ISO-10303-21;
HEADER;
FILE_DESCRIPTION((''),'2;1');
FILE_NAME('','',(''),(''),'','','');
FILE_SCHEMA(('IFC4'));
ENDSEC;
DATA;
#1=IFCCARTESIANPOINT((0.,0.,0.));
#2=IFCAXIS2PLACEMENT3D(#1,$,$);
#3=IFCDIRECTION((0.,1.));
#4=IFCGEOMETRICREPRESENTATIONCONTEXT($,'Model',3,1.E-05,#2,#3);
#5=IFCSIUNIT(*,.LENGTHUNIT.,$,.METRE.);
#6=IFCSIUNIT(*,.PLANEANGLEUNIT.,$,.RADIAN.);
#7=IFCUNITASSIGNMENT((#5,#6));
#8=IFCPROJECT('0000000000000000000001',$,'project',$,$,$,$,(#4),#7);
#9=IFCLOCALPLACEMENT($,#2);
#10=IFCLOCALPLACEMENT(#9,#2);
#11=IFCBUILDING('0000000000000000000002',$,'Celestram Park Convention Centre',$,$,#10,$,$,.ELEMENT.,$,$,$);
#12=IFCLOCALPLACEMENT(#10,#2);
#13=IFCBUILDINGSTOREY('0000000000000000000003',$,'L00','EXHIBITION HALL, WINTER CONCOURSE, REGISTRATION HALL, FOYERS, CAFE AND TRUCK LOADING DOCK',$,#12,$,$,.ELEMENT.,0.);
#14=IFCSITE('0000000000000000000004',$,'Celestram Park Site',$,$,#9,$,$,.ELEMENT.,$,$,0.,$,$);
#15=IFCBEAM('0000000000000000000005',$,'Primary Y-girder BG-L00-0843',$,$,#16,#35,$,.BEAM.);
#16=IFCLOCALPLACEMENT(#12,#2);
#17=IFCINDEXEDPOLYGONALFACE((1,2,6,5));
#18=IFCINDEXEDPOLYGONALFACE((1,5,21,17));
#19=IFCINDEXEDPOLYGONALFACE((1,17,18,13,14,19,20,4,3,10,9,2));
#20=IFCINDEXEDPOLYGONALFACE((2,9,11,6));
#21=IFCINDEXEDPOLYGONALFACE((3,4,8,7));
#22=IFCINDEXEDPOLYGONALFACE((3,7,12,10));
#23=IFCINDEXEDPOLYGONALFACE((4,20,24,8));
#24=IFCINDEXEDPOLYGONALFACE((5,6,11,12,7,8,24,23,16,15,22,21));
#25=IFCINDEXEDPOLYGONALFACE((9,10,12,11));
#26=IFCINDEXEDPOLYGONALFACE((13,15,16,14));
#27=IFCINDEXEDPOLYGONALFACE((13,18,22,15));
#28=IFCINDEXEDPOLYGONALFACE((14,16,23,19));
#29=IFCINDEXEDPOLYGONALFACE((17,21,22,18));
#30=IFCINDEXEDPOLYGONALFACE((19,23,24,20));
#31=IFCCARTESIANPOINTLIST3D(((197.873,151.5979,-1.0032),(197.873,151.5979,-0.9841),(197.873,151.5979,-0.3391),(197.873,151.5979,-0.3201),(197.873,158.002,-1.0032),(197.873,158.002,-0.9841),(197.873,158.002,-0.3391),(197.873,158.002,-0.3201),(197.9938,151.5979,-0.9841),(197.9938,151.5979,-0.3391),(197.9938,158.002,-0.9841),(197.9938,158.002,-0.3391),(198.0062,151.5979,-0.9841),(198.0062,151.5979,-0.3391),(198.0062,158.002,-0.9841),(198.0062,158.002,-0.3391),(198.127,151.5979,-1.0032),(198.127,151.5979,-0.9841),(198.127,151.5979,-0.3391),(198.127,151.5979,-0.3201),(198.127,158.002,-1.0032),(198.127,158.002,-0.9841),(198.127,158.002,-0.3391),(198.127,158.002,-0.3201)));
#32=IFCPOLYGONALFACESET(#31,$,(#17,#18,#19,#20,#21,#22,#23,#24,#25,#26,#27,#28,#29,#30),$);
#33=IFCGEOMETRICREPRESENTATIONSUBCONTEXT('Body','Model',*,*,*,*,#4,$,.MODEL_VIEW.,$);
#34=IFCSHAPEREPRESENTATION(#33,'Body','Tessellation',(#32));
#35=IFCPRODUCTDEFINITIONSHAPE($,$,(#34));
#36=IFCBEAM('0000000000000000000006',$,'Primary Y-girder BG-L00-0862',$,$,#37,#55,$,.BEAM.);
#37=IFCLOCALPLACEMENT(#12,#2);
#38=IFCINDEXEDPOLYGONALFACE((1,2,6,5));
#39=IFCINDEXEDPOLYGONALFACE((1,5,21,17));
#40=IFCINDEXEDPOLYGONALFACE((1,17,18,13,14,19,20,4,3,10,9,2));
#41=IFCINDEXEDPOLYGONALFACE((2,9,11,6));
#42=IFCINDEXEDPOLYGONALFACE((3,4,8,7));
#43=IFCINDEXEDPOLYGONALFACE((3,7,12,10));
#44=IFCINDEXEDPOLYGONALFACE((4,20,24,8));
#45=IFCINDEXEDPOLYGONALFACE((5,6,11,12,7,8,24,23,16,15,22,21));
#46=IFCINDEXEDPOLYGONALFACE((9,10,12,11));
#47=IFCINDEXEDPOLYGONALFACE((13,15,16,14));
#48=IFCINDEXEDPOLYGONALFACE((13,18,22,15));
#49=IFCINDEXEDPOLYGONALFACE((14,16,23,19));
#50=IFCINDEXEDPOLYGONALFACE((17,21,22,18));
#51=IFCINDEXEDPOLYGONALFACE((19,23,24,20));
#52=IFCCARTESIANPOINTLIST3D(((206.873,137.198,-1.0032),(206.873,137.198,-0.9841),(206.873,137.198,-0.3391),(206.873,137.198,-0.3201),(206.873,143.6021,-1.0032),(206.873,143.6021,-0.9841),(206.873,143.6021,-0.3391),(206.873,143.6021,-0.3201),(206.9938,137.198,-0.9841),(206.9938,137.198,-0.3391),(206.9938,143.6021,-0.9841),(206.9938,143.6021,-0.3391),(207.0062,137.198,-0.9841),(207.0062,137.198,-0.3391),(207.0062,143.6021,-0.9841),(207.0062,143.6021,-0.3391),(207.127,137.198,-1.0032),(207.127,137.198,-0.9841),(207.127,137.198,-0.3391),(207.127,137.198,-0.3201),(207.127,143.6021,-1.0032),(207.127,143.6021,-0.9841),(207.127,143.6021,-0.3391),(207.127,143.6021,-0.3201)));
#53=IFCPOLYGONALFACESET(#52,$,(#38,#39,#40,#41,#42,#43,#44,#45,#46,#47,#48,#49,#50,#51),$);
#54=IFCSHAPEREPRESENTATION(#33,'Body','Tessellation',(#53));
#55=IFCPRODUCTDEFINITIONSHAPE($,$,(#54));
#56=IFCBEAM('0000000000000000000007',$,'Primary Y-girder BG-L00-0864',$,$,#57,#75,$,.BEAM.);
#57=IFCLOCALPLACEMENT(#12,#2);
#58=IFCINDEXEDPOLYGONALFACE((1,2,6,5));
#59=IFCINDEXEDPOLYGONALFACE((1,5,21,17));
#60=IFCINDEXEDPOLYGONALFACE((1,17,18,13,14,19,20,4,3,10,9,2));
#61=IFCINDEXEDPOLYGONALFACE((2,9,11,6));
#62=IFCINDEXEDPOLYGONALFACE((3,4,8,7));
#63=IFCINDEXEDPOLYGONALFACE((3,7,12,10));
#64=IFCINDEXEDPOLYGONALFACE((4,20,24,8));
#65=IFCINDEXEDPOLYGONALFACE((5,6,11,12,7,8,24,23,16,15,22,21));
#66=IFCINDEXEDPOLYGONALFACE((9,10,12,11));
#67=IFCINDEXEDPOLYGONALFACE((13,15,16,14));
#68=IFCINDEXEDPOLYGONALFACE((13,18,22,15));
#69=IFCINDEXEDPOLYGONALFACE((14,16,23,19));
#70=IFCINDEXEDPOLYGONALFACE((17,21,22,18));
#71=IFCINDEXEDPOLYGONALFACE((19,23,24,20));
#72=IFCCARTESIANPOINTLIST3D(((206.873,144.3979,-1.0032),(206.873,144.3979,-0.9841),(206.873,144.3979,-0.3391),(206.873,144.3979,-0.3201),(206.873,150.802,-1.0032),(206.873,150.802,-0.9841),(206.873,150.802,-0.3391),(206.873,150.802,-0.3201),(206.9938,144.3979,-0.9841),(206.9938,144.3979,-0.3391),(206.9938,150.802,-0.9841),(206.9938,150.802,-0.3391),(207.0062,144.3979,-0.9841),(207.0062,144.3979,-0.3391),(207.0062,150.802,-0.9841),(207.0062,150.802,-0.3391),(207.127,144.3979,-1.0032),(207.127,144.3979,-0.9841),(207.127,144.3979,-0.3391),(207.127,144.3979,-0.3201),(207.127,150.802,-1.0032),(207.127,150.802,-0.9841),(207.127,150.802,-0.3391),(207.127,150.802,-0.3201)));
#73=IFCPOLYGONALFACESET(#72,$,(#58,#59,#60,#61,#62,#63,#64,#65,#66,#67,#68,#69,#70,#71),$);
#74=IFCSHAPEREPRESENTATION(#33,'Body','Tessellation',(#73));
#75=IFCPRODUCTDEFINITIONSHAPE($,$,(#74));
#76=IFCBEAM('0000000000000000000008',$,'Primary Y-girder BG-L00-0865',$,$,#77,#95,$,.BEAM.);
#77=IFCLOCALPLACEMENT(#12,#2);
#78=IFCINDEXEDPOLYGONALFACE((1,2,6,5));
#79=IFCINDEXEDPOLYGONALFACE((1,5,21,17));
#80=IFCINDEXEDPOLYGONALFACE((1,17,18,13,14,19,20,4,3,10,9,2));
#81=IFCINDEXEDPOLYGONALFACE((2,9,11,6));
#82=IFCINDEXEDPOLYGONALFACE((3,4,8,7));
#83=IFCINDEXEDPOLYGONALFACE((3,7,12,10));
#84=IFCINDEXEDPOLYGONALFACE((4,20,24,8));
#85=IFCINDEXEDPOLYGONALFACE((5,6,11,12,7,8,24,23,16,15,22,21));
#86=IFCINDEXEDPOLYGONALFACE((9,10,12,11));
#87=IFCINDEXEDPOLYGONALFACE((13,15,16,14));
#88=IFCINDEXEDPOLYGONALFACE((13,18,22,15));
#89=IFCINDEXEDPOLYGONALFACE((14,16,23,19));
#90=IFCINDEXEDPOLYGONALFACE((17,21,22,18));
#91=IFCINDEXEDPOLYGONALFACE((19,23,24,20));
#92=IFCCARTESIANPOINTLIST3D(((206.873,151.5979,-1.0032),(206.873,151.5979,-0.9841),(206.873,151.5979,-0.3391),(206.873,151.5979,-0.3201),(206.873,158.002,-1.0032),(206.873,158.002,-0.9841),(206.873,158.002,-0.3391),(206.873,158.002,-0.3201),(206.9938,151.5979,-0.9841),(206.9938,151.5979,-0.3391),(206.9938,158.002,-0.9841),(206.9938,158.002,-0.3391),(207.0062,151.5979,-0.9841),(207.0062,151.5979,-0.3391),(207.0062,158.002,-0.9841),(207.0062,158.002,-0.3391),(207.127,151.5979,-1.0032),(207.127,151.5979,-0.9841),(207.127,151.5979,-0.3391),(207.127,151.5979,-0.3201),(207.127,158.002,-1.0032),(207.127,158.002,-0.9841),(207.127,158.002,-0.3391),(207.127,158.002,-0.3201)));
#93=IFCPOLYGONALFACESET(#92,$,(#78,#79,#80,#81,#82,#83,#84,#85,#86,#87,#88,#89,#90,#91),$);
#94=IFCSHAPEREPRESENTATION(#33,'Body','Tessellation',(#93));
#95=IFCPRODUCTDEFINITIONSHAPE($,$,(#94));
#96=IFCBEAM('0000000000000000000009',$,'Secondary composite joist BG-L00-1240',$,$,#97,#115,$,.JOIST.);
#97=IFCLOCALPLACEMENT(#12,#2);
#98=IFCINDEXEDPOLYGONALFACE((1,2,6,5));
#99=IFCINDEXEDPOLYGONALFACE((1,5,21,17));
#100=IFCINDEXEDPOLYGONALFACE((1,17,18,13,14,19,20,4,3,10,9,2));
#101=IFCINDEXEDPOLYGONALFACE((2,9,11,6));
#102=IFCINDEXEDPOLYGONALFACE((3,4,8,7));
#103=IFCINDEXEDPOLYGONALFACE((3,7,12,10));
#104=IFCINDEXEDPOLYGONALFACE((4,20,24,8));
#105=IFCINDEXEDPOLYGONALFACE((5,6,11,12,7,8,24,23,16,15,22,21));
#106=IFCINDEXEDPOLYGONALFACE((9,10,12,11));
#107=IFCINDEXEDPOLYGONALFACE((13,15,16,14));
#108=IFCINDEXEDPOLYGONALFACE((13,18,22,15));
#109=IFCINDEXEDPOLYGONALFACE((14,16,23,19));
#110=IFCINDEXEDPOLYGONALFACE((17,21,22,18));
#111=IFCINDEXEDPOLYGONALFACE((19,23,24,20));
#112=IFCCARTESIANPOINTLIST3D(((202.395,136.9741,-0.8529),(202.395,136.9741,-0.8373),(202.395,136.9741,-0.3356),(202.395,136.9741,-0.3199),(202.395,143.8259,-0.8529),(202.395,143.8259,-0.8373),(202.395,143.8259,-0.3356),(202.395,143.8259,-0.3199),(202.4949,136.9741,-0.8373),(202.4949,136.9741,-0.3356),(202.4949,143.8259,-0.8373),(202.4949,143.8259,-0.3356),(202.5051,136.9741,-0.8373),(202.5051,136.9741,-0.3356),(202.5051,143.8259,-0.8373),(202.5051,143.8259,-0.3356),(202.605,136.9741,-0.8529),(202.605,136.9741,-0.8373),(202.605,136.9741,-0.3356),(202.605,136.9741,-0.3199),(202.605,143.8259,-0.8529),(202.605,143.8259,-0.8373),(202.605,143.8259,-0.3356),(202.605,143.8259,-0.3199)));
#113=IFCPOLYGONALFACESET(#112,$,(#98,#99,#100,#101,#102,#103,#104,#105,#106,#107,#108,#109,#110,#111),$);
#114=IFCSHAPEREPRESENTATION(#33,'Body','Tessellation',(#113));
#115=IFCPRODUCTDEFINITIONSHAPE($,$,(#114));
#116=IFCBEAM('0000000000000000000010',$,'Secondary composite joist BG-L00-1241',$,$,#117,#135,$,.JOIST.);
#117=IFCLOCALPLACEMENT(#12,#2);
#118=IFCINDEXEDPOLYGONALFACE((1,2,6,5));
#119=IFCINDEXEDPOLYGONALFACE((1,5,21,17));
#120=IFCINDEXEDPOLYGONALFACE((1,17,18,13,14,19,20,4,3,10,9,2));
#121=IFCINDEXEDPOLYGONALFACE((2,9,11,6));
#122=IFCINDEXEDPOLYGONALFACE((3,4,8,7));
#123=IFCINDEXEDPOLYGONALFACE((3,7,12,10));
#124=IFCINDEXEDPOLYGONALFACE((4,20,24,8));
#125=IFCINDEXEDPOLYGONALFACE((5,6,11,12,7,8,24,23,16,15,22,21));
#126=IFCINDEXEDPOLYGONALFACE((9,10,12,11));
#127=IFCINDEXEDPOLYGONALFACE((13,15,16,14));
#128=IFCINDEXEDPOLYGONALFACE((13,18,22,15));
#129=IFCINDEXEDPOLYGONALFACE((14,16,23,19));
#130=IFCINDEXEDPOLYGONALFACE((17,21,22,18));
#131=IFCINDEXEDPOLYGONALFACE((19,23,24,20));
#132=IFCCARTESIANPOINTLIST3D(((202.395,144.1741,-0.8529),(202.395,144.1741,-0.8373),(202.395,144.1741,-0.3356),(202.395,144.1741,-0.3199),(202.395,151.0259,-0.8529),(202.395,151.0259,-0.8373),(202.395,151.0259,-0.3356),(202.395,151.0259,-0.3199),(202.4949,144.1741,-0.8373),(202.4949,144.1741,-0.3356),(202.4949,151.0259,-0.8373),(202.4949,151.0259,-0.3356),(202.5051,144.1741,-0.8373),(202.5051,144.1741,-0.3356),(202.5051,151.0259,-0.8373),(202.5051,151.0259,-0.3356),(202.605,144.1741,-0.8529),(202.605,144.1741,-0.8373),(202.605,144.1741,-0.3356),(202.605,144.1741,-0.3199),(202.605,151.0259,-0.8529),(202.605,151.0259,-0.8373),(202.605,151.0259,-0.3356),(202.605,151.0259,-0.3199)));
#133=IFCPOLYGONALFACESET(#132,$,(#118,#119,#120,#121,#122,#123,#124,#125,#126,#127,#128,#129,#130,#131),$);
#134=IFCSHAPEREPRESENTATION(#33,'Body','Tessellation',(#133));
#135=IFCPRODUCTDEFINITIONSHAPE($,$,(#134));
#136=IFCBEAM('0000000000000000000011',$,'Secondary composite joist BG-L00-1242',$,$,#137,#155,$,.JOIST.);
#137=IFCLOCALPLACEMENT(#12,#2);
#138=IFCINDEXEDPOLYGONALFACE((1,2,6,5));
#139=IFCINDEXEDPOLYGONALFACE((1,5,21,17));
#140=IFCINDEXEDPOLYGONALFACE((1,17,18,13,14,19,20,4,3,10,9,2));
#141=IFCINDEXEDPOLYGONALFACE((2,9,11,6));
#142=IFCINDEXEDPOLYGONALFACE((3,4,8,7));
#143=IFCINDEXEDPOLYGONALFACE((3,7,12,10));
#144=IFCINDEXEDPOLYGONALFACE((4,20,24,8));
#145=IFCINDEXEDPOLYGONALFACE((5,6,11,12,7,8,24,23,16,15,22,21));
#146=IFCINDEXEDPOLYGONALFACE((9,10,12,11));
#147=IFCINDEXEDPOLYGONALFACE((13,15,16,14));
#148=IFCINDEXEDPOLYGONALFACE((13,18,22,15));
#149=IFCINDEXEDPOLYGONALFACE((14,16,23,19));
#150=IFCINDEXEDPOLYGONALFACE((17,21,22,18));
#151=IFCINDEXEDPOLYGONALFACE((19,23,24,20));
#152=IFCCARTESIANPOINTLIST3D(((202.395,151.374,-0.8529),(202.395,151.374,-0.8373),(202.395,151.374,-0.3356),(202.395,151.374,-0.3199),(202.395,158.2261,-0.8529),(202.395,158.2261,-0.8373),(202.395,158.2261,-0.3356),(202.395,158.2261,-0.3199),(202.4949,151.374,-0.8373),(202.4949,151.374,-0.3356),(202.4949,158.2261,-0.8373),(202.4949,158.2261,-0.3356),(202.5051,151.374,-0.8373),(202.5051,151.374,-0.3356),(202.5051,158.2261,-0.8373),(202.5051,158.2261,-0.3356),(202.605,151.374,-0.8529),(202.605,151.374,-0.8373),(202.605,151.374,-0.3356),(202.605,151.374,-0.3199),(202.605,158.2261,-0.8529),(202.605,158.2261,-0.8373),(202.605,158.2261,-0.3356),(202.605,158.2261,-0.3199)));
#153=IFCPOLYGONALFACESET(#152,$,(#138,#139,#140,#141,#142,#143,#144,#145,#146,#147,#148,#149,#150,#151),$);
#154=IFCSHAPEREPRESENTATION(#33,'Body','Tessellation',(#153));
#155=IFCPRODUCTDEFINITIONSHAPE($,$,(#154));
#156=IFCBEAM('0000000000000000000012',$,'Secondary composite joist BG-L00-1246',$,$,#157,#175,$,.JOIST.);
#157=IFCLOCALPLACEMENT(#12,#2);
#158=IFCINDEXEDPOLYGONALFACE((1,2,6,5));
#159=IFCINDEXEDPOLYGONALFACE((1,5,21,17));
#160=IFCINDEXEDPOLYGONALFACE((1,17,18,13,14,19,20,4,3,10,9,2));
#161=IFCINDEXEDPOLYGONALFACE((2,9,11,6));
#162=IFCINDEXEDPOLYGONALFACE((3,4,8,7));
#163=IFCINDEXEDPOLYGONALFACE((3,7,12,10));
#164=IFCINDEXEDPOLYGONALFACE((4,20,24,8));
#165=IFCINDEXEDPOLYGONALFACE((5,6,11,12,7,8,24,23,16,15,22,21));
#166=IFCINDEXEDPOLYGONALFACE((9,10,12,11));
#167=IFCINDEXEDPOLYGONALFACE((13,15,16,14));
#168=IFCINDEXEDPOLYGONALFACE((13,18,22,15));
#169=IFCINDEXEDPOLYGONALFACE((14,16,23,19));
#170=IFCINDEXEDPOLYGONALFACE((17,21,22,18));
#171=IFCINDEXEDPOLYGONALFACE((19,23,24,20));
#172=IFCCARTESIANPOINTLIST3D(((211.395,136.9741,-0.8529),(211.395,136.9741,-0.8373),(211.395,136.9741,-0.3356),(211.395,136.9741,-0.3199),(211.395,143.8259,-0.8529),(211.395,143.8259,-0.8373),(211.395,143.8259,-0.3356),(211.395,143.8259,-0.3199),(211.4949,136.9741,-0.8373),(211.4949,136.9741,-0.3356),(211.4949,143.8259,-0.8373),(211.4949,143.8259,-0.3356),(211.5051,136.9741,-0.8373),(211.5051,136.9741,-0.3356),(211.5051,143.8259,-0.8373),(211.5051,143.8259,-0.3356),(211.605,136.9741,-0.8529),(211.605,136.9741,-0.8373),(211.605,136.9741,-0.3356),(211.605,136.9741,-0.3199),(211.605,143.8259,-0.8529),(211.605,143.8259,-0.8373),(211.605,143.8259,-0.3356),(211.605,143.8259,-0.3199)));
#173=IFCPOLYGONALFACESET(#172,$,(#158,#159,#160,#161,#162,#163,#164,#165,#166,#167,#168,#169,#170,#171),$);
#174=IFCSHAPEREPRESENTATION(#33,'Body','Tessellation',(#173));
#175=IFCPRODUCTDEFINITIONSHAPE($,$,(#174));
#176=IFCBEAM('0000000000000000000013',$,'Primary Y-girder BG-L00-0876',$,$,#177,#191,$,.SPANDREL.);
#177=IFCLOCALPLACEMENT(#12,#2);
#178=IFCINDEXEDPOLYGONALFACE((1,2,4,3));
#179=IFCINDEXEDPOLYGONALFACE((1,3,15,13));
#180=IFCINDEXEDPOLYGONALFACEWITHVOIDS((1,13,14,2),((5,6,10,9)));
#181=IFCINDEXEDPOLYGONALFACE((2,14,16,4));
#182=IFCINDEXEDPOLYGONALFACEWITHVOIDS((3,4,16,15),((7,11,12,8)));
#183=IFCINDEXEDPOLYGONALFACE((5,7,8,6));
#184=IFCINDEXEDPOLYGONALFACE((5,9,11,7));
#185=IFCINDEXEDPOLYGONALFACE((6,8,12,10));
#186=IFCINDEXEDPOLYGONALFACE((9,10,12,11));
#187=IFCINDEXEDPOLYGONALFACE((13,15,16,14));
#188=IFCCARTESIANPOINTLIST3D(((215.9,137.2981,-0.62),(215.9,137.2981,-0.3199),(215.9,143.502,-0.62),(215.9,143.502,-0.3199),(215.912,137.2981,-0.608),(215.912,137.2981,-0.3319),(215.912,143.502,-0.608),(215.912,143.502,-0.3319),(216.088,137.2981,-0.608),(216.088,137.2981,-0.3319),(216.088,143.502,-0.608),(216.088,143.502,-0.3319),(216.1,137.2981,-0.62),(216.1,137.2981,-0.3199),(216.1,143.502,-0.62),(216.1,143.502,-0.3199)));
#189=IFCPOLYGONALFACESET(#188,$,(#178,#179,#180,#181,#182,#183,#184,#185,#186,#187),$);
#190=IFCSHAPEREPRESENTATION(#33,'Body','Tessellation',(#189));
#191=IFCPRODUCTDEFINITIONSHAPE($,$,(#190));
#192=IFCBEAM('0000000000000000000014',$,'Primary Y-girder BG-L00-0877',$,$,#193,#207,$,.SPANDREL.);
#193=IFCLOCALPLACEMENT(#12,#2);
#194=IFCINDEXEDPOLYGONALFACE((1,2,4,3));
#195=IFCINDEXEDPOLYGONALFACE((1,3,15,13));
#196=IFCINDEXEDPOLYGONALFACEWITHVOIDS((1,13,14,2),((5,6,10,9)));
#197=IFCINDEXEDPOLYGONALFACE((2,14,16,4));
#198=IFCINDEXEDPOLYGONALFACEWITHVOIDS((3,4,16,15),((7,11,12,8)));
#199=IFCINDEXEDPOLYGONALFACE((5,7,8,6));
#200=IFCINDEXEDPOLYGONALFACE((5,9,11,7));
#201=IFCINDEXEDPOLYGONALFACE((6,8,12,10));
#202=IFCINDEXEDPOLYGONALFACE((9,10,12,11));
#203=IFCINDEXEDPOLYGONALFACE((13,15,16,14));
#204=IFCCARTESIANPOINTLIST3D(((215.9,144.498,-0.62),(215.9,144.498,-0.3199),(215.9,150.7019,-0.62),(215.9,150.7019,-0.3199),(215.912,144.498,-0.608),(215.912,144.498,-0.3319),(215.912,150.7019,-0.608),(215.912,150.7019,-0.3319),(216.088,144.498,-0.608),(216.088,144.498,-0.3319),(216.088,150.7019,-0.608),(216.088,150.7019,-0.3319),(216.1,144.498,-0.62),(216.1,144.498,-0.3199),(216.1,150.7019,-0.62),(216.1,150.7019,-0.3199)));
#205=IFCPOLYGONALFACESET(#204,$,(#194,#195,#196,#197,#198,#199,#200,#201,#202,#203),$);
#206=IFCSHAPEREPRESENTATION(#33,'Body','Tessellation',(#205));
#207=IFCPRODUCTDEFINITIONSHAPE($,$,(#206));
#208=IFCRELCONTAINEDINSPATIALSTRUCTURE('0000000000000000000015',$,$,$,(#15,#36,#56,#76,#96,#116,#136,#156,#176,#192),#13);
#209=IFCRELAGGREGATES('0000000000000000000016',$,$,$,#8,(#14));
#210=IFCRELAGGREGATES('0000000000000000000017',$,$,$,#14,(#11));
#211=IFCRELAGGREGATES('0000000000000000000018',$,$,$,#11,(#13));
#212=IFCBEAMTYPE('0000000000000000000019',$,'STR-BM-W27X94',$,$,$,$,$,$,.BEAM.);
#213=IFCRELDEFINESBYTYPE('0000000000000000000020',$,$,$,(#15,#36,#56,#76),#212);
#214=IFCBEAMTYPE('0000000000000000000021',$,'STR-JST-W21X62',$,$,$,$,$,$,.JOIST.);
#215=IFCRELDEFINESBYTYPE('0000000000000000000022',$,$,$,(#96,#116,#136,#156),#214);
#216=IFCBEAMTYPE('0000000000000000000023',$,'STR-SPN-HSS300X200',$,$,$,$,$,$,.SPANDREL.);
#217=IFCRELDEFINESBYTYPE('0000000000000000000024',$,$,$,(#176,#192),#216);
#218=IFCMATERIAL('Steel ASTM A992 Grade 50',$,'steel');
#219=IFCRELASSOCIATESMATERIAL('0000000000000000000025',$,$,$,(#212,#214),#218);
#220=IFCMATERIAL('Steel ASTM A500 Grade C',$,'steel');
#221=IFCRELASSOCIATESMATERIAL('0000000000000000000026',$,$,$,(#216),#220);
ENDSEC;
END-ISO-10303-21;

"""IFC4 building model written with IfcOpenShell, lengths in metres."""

from ifc_helpers import new_model, si_unit, direction, frame, origin, origin_2d, place, context, subcontext, project, spatial, hollow_rectangle, i_section, extrude, material, material_profile, profile_set, type_object, element, save


model = new_model("IFC4")

# Units and contexts
model_context = context("Model", 3, precision=1e-05, world=origin(), true_north=direction((0.0, 1.0)))
body_context = subcontext(model_context, "Body", "Model", "MODEL_VIEW")
ifc_project = project(units=[si_unit("LENGTHUNIT", "METRE"), si_unit("PLANEANGLEUNIT", "RADIAN")], contexts=[model_context])

# Site, building, storey
site_placement = place(None, origin())
site = spatial("IfcSite", under=ifc_project, at=site_placement, Name="Celestram Park Site", CompositionType="ELEMENT", RefElevation=0.0)
building_placement = place(site_placement, origin())
building = spatial("IfcBuilding", under=site, at=building_placement, Name="Celestram Park Convention Centre", CompositionType="ELEMENT")
storey_placement = place(building_placement, origin())
storey = spatial("IfcBuildingStorey", under=building, at=storey_placement, Name="L00", Description="EXHIBITION HALL, WINTER CONCOURSE, REGISTRATION HALL, FOYERS, CAFE AND TRUCK LOADING DOCK", CompositionType="ELEMENT", Elevation=0.0)

# Shared definitions
ifc_material_1 = material(Name="Steel ASTM A500 Grade C", Category="steel")

# Beams
ifc_material_2 = material(Name="Steel ASTM A992 Grade 50", Category="steel")
ifc_material_profile_1 = material_profile(ifc_material_2, i_section(OverallWidth=0.2539, OverallDepth=0.6831, WebThickness=0.0125, FlangeThickness=0.019, at=origin_2d()), Name="W27X94")
ifc_profile_set_1 = profile_set([ifc_material_profile_1], Name="Steel ASTM A992 Grade 50")
beam_type_1 = type_object("IfcBeamType", Name="STR-BM-W27X94", PredefinedType="BEAM", material=ifc_profile_set_1)
for number, where, z_axis, x_axis, name in (
    (1, (198.0, 151.5979, -0.6616), (0.0, 1.0, 0.0), (-1.0, 0.0, 0.0), "Primary Y-girder BG-L00-0843"),
    (2, (207.0, 137.198, -0.6616), (0.0, 1.0, 0.0), (-1.0, 0.0, 0.0), "Primary Y-girder BG-L00-0862"),
    (3, (207.0, 144.3979, -0.6616), (0.0, 1.0, 0.0), (-1.0, 0.0, 0.0), "Primary Y-girder BG-L00-0864"),
    (4, (207.0, 151.5979, -0.6616), (0.0, 1.0, 0.0), (-1.0, 0.0, 0.0), "Primary Y-girder BG-L00-0865"),
):
    element("IfcBeam", number, at=place(storey_placement, frame(where, z_axis=z_axis, x_axis=x_axis)), inside=storey, type_object=beam_type_1, Name=name, PredefinedType="BEAM", context=body_context, shape_type="SweptSolid", body=[
        extrude(i_section(OverallWidth=0.2539, OverallDepth=0.6831, WebThickness=0.0125, FlangeThickness=0.019, at=origin_2d()), origin(), (0.0, 0.0, 1.0), 6.4041),
    ])
ifc_material_profile_2 = material_profile(ifc_material_2, i_section(OverallWidth=0.21, OverallDepth=0.533, WebThickness=0.0103, FlangeThickness=0.0156, at=origin_2d()), Name="W21X62")
ifc_profile_set_2 = profile_set([ifc_material_profile_2], Name="Steel ASTM A992 Grade 50")
beam_type_2 = type_object("IfcBeamType", Name="STR-JST-W21X62", PredefinedType="JOIST", material=ifc_profile_set_2)
for number, where, z_axis, x_axis, name in (
    (5, (202.5, 136.9741, -0.5864), (0.0, 1.0, 0.0), (-1.0, 0.0, 0.0), "Secondary composite joist BG-L00-1240"),
    (6, (202.5, 144.1741, -0.5864), (0.0, 1.0, 0.0), (-1.0, 0.0, 0.0), "Secondary composite joist BG-L00-1241"),
):
    element("IfcBeam", number, at=place(storey_placement, frame(where, z_axis=z_axis, x_axis=x_axis)), inside=storey, type_object=beam_type_2, Name=name, PredefinedType="JOIST", context=body_context, shape_type="SweptSolid", body=[
        extrude(i_section(OverallWidth=0.21, OverallDepth=0.533, WebThickness=0.0103, FlangeThickness=0.0156, at=origin_2d()), origin(), (0.0, 0.0, 1.0), 6.8518),
    ])
beam_1_placement = place(storey_placement, frame((202.5, 151.374, -0.5864), z_axis=(0.0, 1.0, 0.0), x_axis=(-1.0, 0.0, 0.0)))
element("IfcBeam", 7, at=beam_1_placement, inside=storey, type_object=beam_type_2, Name="Secondary composite joist BG-L00-1242", PredefinedType="JOIST", context=body_context, shape_type="SweptSolid", body=[
    extrude(i_section(OverallWidth=0.21, OverallDepth=0.533, WebThickness=0.0103, FlangeThickness=0.0156, at=origin_2d()), origin(), (0.0, 0.0, 1.0), 6.8521),
])
beam_2_placement = place(storey_placement, frame((211.5, 136.9741, -0.5864), z_axis=(0.0, 1.0, 0.0), x_axis=(-1.0, 0.0, 0.0)))
element("IfcBeam", 8, at=beam_2_placement, inside=storey, type_object=beam_type_2, Name="Secondary composite joist BG-L00-1246", PredefinedType="JOIST", context=body_context, shape_type="SweptSolid", body=[
    extrude(i_section(OverallWidth=0.21, OverallDepth=0.533, WebThickness=0.0103, FlangeThickness=0.0156, at=origin_2d()), origin(), (0.0, 0.0, 1.0), 6.8518),
])
ifc_material_profile_3 = material_profile(ifc_material_1, hollow_rectangle(XDim=0.2, YDim=0.3, WallThickness=0.012, at=origin_2d()), Name="HSS300X200X12")
ifc_profile_set_3 = profile_set([ifc_material_profile_3], Name="Steel ASTM A500 Grade C")
beam_type_3 = type_object("IfcBeamType", Name="STR-SPN-HSS300X200", PredefinedType="SPANDREL", material=ifc_profile_set_3)
for number, where, z_axis, x_axis, name in (
    (9, (216.0, 137.2981, -0.47), (0.0, 1.0, 0.0), (-1.0, 0.0, 0.0), "Primary Y-girder BG-L00-0876"),
    (10, (216.0, 144.498, -0.47), (0.0, 1.0, 0.0), (-1.0, 0.0, 0.0), "Primary Y-girder BG-L00-0877"),
):
    element("IfcBeam", number, at=place(storey_placement, frame(where, z_axis=z_axis, x_axis=x_axis)), inside=storey, type_object=beam_type_3, Name=name, PredefinedType="SPANDREL", context=body_context, shape_type="SweptSolid", body=[
        extrude(hollow_rectangle(XDim=0.2, YDim=0.3, WallThickness=0.012, at=origin_2d()), origin(), (0.0, 0.0, 1.0), 6.2039),
    ])

save(model, "model.ifc")
